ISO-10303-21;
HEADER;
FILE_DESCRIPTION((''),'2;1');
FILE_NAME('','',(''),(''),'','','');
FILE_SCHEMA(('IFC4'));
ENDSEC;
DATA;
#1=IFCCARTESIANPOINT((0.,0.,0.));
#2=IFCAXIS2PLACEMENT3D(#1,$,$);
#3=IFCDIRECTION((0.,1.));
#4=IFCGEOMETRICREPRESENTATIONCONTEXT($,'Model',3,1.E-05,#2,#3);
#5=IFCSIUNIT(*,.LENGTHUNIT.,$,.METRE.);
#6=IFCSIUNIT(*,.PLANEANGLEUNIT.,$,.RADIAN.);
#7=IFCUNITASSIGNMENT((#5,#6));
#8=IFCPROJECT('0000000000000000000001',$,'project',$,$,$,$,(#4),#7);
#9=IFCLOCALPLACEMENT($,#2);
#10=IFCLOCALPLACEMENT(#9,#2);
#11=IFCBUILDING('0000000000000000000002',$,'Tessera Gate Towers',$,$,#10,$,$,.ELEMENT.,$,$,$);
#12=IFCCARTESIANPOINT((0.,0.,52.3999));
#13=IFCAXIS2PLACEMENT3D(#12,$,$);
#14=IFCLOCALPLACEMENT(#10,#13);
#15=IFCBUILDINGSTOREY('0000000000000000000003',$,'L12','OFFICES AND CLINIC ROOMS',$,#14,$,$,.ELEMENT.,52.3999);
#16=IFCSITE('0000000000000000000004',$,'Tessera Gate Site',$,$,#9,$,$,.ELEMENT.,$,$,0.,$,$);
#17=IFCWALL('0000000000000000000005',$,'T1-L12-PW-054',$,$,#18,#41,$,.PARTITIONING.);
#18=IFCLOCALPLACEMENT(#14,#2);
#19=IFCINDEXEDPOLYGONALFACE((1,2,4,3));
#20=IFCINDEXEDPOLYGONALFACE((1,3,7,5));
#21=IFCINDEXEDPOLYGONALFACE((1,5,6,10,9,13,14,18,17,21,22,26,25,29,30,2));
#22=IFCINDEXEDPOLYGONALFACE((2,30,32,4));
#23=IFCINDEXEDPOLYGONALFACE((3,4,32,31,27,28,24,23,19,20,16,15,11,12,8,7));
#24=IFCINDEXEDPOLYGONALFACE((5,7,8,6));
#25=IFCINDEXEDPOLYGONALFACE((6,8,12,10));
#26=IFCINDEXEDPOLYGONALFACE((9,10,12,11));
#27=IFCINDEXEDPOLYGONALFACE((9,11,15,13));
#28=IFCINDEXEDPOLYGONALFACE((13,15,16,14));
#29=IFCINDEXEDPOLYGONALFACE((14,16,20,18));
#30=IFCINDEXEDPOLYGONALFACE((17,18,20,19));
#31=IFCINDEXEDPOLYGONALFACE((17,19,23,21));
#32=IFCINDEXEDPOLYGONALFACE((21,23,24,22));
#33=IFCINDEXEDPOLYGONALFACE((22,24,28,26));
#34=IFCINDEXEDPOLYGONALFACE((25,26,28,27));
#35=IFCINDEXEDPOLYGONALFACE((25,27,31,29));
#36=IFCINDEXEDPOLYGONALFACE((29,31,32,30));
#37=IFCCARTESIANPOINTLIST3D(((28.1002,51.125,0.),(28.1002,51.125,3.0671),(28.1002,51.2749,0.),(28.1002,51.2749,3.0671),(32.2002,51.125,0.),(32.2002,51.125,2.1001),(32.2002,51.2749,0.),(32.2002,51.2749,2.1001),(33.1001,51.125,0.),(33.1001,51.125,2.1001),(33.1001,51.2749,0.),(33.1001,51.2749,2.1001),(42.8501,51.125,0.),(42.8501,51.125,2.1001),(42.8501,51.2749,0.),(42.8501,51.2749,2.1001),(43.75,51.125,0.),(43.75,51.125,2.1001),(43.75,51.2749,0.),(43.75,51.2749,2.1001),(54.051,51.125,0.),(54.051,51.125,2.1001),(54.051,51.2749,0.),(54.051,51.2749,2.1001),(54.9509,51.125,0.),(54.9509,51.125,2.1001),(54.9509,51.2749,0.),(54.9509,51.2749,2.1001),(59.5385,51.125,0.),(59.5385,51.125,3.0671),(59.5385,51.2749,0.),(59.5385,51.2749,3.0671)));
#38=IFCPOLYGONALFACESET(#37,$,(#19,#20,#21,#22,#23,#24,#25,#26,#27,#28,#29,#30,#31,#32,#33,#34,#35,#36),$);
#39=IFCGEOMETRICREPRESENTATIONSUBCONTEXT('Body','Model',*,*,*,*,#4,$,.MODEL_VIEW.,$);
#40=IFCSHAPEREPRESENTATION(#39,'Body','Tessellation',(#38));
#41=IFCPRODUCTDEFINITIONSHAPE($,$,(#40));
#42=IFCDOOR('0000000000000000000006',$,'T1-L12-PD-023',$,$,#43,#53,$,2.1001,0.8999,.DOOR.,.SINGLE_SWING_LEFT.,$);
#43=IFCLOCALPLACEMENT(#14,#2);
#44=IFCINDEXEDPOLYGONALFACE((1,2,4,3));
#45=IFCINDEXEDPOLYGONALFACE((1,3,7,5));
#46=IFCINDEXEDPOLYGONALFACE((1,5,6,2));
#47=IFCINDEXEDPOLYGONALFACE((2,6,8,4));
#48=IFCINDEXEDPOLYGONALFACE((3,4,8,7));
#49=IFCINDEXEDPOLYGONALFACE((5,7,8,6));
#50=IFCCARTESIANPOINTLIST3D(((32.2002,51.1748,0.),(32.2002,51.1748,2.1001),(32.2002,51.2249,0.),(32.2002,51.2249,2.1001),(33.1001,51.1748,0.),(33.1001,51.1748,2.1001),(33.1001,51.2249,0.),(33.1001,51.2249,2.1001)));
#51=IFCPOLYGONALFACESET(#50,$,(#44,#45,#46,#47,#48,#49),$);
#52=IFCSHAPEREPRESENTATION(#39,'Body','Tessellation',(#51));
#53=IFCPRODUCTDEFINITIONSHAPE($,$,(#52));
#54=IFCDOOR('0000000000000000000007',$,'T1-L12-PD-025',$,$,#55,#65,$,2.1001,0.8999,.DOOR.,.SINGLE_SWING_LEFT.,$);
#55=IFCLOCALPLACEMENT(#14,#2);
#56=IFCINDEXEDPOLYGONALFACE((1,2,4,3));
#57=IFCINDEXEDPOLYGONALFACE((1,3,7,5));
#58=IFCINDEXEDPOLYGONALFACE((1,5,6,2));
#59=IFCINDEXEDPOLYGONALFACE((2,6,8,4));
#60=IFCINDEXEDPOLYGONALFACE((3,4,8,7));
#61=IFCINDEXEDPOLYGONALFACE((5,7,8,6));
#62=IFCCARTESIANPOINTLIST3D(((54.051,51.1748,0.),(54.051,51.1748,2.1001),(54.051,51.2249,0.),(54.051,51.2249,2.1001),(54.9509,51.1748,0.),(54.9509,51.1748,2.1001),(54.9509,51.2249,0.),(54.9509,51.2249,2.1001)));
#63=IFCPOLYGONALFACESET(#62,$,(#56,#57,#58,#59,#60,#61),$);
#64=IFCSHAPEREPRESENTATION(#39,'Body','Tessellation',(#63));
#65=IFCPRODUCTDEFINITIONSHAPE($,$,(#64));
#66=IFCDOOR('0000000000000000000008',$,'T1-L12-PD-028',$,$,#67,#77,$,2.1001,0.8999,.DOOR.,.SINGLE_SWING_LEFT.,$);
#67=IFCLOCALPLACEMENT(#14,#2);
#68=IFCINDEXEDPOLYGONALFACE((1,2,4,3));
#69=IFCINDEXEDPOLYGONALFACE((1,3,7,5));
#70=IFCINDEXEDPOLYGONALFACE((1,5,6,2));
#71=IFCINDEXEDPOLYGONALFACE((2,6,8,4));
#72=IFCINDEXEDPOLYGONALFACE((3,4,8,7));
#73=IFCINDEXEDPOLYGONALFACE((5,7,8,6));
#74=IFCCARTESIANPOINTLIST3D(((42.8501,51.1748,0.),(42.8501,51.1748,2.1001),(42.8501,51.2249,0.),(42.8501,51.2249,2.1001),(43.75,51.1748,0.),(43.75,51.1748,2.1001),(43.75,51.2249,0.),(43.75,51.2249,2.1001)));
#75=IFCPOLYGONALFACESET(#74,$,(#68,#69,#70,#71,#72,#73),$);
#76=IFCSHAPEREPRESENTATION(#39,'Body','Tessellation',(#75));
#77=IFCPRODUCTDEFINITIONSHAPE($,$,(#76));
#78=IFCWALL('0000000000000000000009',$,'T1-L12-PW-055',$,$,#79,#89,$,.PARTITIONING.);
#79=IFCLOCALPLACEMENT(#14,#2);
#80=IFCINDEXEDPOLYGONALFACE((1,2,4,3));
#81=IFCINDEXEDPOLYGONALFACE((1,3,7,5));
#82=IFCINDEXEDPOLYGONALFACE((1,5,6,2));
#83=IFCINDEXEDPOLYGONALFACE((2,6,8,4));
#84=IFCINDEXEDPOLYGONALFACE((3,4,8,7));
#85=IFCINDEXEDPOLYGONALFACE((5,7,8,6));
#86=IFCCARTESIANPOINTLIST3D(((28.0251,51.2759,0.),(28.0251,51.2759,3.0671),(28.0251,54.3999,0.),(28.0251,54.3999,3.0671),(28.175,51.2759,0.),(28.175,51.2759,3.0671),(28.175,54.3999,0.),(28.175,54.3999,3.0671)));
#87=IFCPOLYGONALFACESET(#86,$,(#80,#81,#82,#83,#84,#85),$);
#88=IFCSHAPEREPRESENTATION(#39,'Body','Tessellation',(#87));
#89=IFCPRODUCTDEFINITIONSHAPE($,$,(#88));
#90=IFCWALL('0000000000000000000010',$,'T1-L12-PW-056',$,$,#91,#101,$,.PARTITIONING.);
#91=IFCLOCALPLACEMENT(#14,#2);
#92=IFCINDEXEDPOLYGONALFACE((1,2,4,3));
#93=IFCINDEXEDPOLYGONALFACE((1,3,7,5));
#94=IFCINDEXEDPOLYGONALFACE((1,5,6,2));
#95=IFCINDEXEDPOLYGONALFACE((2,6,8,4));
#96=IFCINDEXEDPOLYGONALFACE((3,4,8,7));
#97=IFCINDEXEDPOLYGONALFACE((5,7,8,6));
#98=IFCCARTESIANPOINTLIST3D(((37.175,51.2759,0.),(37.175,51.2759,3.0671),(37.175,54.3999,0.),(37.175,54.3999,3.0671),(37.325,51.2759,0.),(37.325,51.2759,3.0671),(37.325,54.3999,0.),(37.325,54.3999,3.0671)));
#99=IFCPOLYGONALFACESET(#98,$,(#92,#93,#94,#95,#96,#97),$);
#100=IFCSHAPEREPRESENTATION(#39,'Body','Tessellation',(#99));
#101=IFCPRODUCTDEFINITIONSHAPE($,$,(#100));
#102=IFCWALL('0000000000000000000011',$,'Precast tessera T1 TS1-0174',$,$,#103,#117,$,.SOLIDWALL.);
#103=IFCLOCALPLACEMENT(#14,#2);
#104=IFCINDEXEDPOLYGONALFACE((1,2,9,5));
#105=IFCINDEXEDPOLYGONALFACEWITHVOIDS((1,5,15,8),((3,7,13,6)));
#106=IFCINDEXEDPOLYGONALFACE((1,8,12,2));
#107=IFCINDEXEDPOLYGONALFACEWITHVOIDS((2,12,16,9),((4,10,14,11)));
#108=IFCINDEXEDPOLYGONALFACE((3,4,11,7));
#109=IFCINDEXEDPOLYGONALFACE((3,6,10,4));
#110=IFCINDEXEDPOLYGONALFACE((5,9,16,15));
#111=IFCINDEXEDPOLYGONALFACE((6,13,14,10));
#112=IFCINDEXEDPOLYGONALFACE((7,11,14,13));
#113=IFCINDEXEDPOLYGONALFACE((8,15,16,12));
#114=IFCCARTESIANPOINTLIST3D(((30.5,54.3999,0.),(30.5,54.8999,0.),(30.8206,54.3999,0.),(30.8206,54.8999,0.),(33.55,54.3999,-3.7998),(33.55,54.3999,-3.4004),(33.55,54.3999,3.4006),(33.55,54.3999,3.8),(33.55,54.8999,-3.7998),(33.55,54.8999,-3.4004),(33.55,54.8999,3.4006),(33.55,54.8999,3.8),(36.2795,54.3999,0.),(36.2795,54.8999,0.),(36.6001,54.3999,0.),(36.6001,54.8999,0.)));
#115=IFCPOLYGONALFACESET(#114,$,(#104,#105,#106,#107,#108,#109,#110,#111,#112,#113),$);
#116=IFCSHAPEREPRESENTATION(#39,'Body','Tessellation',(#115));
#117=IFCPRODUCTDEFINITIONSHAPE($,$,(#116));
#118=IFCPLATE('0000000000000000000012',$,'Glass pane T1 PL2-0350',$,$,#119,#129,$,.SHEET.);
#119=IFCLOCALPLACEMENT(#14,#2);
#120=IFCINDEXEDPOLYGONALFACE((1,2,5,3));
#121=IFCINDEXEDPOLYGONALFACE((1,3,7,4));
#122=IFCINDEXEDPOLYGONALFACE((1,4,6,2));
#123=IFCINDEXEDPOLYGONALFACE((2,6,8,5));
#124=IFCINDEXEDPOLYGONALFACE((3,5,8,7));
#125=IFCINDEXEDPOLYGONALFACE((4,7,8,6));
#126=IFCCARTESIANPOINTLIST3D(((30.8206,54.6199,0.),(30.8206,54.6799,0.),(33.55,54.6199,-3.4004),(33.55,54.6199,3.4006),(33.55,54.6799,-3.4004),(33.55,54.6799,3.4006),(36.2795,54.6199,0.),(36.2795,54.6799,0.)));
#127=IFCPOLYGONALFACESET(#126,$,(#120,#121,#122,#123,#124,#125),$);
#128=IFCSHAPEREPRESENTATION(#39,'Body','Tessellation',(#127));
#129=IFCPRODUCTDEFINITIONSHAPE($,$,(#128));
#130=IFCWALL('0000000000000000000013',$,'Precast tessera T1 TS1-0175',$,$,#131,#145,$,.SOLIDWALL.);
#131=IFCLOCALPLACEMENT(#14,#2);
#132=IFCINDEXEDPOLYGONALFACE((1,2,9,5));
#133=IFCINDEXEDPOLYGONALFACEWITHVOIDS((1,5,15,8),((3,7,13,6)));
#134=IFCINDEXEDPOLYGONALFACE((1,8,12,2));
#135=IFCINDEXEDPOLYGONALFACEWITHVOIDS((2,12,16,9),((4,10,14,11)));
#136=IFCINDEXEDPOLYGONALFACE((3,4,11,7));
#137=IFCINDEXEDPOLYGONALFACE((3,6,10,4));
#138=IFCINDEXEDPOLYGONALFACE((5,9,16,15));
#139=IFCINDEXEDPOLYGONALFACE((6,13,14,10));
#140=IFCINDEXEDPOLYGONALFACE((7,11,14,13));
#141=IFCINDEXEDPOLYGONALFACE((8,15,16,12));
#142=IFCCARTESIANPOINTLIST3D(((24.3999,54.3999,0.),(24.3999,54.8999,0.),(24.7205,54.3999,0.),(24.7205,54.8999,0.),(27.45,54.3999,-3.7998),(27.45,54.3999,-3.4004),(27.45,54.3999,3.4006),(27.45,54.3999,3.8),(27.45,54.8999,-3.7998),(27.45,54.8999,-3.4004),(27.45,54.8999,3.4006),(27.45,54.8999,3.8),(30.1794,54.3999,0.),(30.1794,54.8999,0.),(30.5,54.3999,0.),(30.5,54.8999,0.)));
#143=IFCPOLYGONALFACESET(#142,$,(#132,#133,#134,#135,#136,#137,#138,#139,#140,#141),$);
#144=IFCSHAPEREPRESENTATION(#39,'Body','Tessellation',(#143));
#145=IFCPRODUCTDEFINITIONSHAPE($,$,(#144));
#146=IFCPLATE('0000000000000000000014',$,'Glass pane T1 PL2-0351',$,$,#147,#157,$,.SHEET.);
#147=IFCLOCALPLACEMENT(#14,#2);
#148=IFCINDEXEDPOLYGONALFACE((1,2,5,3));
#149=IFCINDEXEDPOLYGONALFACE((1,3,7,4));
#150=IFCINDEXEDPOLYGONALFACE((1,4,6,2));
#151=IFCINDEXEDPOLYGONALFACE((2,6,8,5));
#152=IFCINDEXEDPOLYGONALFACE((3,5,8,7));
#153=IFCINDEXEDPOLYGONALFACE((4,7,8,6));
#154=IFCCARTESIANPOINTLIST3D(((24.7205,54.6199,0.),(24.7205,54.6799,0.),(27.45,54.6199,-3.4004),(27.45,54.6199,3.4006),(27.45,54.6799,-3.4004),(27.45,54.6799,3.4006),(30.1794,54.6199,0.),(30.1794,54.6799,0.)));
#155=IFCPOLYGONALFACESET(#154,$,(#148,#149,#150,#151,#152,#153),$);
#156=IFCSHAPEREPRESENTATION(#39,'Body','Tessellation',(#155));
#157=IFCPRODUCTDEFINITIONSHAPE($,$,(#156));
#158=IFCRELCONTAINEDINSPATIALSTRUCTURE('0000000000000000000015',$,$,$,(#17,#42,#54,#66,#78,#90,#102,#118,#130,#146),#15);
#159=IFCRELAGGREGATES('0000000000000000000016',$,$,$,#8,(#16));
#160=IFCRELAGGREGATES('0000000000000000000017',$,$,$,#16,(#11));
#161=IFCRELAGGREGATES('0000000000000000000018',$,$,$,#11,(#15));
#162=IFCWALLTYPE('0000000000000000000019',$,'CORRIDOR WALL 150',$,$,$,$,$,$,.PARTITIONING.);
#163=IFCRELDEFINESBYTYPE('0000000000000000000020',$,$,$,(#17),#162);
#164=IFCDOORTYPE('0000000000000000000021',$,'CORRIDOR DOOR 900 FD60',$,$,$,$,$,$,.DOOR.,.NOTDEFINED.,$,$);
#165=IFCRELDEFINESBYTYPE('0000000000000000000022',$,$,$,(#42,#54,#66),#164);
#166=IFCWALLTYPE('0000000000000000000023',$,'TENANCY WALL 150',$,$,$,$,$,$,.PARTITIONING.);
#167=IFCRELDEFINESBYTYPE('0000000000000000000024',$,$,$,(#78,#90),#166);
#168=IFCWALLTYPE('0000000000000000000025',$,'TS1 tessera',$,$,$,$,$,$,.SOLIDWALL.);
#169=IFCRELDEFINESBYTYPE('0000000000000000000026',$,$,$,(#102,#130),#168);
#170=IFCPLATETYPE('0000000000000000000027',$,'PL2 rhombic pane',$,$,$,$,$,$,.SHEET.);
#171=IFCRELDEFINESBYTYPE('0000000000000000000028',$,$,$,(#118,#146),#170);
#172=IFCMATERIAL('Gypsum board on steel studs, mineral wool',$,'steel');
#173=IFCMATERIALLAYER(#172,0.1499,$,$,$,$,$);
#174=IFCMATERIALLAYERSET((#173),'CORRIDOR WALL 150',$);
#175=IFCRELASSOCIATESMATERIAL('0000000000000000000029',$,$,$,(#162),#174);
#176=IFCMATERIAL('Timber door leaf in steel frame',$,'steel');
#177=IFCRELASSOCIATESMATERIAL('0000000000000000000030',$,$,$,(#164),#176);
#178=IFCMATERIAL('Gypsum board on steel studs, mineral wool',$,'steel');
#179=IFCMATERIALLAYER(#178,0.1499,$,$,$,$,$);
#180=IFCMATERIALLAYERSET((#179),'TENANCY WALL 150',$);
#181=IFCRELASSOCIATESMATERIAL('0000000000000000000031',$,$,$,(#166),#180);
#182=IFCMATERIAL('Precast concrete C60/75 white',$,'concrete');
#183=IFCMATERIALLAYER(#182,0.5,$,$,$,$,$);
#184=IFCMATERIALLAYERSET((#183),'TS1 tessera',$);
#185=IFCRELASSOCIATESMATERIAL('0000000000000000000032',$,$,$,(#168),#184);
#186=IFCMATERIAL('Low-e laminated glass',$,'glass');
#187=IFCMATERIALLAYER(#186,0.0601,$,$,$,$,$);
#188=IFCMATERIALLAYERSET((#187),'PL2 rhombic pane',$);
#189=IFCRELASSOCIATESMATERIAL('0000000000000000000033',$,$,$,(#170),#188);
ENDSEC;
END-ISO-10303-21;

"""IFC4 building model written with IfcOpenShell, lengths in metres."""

from ifc_helpers import new_model, si_unit, direction, frame, frame_2d, origin, place, context, subcontext, project, spatial, polyline, rectangle, outline, extrude, source, transform, mapped, material, layer, layer_set, type_object, element, fill, save


model = new_model("IFC4")

# Units and contexts
model_context = context("Model", 3, precision=1e-05, world=origin(), true_north=direction((0.0, 1.0)))
body_context = subcontext(model_context, "Body", "Model", "MODEL_VIEW")
ifc_project = project(units=[si_unit("LENGTHUNIT", "METRE"), si_unit("PLANEANGLEUNIT", "RADIAN")], contexts=[model_context])

# Site, building, storey
site_placement = place(None, origin())
site = spatial("IfcSite", under=ifc_project, at=site_placement, Name="Tessera Gate Site", CompositionType="ELEMENT", RefElevation=0.0)
building_placement = place(site_placement, origin())
building = spatial("IfcBuilding", under=site, at=building_placement, Name="Tessera Gate Towers", CompositionType="ELEMENT")
storey_placement = place(building_placement, frame((0.0, 0.0, 52.3999)))
storey = spatial("IfcBuildingStorey", under=building, at=storey_placement, Name="L12", Description="OFFICES AND CLINIC ROOMS", CompositionType="ELEMENT", Elevation=52.3999)

# Shared definitions
ifc_material_1 = material(Name="Gypsum board on steel studs, mineral wool", Category="steel")
ifc_layer_1 = layer(ifc_material_1, 0.1499)
ifc_layer_set_1 = layer_set([ifc_layer_1], Name="CORRIDOR WALL 150")
wall_type_1 = type_object("IfcWallType", Name="CORRIDOR WALL 150", PredefinedType="PARTITIONING", material=ifc_layer_set_1)

# Wall, openings, doors
wall_1_placement = place(storey_placement, frame((28.1001, 51.2, 0.0), z_axis=(0.0, 0.0, 1.0), x_axis=(1.0, 0.0, 0.0)))
wall_1 = element("IfcWall", 1, at=wall_1_placement, inside=storey, type_object=wall_type_1, Name="T1-L12-PW-054", PredefinedType="PARTITIONING", context=body_context, shape_type="SweptSolid", body=[
    extrude(rectangle(XDim=31.4382, YDim=0.1499, at=frame_2d((15.7192, 0.0))), origin(), (0.0, 0.0, 1.0), 3.0671),
])
shared_shape_1 = source(origin(), body_context, "Body", "SweptSolid", [
    extrude(rectangle(XDim=0.8999, YDim=2.1001, at=frame_2d((0.45, 1.05))), frame((0.0, 0.085, 0.0), z_axis=(0.0, -1.0, 0.0), x_axis=(1.0, 0.0, 0.0)), (0.0, 0.0, 1.0), 0.1699),
])
opening_1_placement = place(wall_1_placement, frame((4.1001, 0.0, 0.0)))
opening_1 = element("IfcOpeningElement", 2, at=opening_1_placement, cuts=wall_1, PredefinedType="OPENING", context=body_context, shape_type="MappedRepresentation", body=[
    mapped(shared_shape_1, transform((0.0, 0.0, 0.0), scale=1.0)),
])
opening_2_placement = place(wall_1_placement, frame((25.9509, 0.0, 0.0)))
opening_2 = element("IfcOpeningElement", 3, at=opening_2_placement, cuts=wall_1, PredefinedType="OPENING", context=body_context, shape_type="MappedRepresentation", body=[
    mapped(shared_shape_1, transform((0.0, 0.0, 0.0), scale=1.0)),
])
opening_3_placement = place(wall_1_placement, frame((14.75, 0.0, 0.0)))
opening_3 = element("IfcOpeningElement", 4, at=opening_3_placement, cuts=wall_1, PredefinedType="OPENING", context=body_context, shape_type="MappedRepresentation", body=[
    mapped(shared_shape_1, transform((0.0, 0.0, 0.0), scale=1.0)),
])
ifc_material_2 = material(Name="Timber door leaf in steel frame", Category="steel")
door_type = type_object("IfcDoorType", Name="CORRIDOR DOOR 900 FD60", OperationType="NOTDEFINED", PredefinedType="DOOR", material=ifc_material_2)
shared_shape_2 = source(origin(), body_context, "Body", "SweptSolid", [
    extrude(rectangle(XDim=0.8999, YDim=2.1001, at=frame_2d((0.45, 1.05))), frame((0.0, 0.0249, 0.0), z_axis=(0.0, -1.0, 0.0), x_axis=(1.0, 0.0, 0.0)), (0.0, 0.0, 1.0), 0.05),
])
door_1_placement = place(opening_1_placement, origin())
door_1 = element("IfcDoor", 5, at=door_1_placement, inside=storey, type_object=door_type, Name="T1-L12-PD-023", OperationType="SINGLE_SWING_LEFT", OverallHeight=2.1001, OverallWidth=0.8999, PredefinedType="DOOR", context=body_context, shape_type="MappedRepresentation", body=[
    mapped(shared_shape_2, transform((0.0, 0.0, 0.0), scale=1.0)),
])
fill(opening_1, door_1)
door_2_placement = place(opening_2_placement, origin())
door_2 = element("IfcDoor", 6, at=door_2_placement, inside=storey, type_object=door_type, Name="T1-L12-PD-025", OperationType="SINGLE_SWING_LEFT", OverallHeight=2.1001, OverallWidth=0.8999, PredefinedType="DOOR", context=body_context, shape_type="MappedRepresentation", body=[
    mapped(shared_shape_2, transform((0.0, 0.0, 0.0), scale=1.0)),
])
fill(opening_2, door_2)
door_3_placement = place(opening_3_placement, origin())
door_3 = element("IfcDoor", 7, at=door_3_placement, inside=storey, type_object=door_type, Name="T1-L12-PD-028", OperationType="SINGLE_SWING_LEFT", OverallHeight=2.1001, OverallWidth=0.8999, PredefinedType="DOOR", context=body_context, shape_type="MappedRepresentation", body=[
    mapped(shared_shape_2, transform((0.0, 0.0, 0.0), scale=1.0)),
])
fill(opening_3, door_3)

# Walls
ifc_material_3 = material(Name="Gypsum board on steel studs, mineral wool", Category="steel")
ifc_layer_2 = layer(ifc_material_3, 0.1499)
ifc_layer_set_2 = layer_set([ifc_layer_2], Name="TENANCY WALL 150")
wall_type_2 = type_object("IfcWallType", Name="TENANCY WALL 150", PredefinedType="PARTITIONING", material=ifc_layer_set_2)
for number, where, z_axis, x_axis, name in (
    (8, (28.1001, 51.2759, 0.0), (0.0, 0.0, 1.0), (0.0, 1.0, 0.0), "T1-L12-PW-055"),
    (9, (37.25, 51.2759, 0.0), (0.0, 0.0, 1.0), (0.0, 1.0, 0.0), "T1-L12-PW-056"),
):
    element("IfcWall", number, at=place(storey_placement, frame(where, z_axis=z_axis, x_axis=x_axis)), inside=storey, type_object=wall_type_2, Name=name, PredefinedType="PARTITIONING", context=body_context, shape_type="SweptSolid", body=[
        extrude(rectangle(XDim=3.124, YDim=0.1499, at=frame_2d((1.562, 0.0))), origin(), (0.0, 0.0, 1.0), 3.0671),
    ])

# Walls, openings, plates
ifc_material_4 = material(Name="Precast concrete C60/75 white", Category="concrete")
ifc_layer_3 = layer(ifc_material_4, 0.5)
ifc_layer_set_3 = layer_set([ifc_layer_3], Name="TS1 tessera")
wall_type_3 = type_object("IfcWallType", Name="TS1 tessera", PredefinedType="SOLIDWALL", material=ifc_layer_set_3)
shared_shape_3 = source(origin(), body_context, "Body", "SweptSolid", [
    extrude(outline(polyline([(3.05, 0.0), (6.1001, 3.7998), (3.05, 7.5999), (0.0, 3.7998), (3.05, 0.0)])), frame((0.0, 0.25, 0.0), z_axis=(0.0, -1.0, 0.0), x_axis=(1.0, 0.0, 0.0)), (0.0, 0.0, 1.0), 0.5),
])
wall_2_placement = place(storey_placement, frame((36.6001, 54.6499, -3.7998), z_axis=(0.0, 0.0, 1.0), x_axis=(-1.0, 0.0, 0.0)))
wall_2 = element("IfcWall", 10, at=wall_2_placement, inside=storey, type_object=wall_type_3, Name="Precast tessera T1 TS1-0174", PredefinedType="SOLIDWALL", context=body_context, shape_type="MappedRepresentation", body=[
    mapped(shared_shape_3, transform((0.0, 0.0, 0.0), scale=1.0)),
])
shared_shape_4 = source(origin(), body_context, "Body", "SweptSolid", [
    extrude(outline(polyline([(3.05, 0.3994), (5.7795, 3.7998), (3.05, 7.2004), (0.3206, 3.7998), (3.05, 0.3994)])), frame((0.0, 0.26, 0.0), z_axis=(0.0, -1.0, 0.0), x_axis=(1.0, 0.0, 0.0)), (0.0, 0.0, 1.0), 0.52),
])
opening_4_placement = place(wall_2_placement, origin())
opening_4 = element("IfcOpeningElement", 11, at=opening_4_placement, cuts=wall_2, PredefinedType="OPENING", context=body_context, shape_type="MappedRepresentation", body=[
    mapped(shared_shape_4, transform((0.0, 0.0, 0.0), scale=1.0)),
])
ifc_material_5 = material(Name="Low-e laminated glass", Category="glass")
ifc_layer_4 = layer(ifc_material_5, 0.0601)
ifc_layer_set_4 = layer_set([ifc_layer_4], Name="PL2 rhombic pane")
plate_type = type_object("IfcPlateType", Name="PL2 rhombic pane", PredefinedType="SHEET", material=ifc_layer_set_4)
shared_shape_5 = source(origin(), body_context, "Body", "SweptSolid", [
    extrude(outline(polyline([(3.05, 0.3994), (5.7795, 3.7998), (3.05, 7.2004), (0.3206, 3.7998), (3.05, 0.3994)])), frame((0.0, 0.03, 0.0), z_axis=(0.0, -1.0, 0.0), x_axis=(1.0, 0.0, 0.0)), (0.0, 0.0, 1.0), 0.0601),
])
plate_1_placement = place(opening_4_placement, origin())
plate_1 = element("IfcPlate", 12, at=plate_1_placement, inside=storey, type_object=plate_type, Name="Glass pane T1 PL2-0350", PredefinedType="SHEET", context=body_context, shape_type="MappedRepresentation", body=[
    mapped(shared_shape_5, transform((0.0, 0.0, 0.0), scale=1.0)),
])
fill(opening_4, plate_1)
wall_3_placement = place(storey_placement, frame((30.5, 54.6499, -3.7998), z_axis=(0.0, 0.0, 1.0), x_axis=(-1.0, 0.0, 0.0)))
wall_3 = element("IfcWall", 13, at=wall_3_placement, inside=storey, type_object=wall_type_3, Name="Precast tessera T1 TS1-0175", PredefinedType="SOLIDWALL", context=body_context, shape_type="MappedRepresentation", body=[
    mapped(shared_shape_3, transform((0.0, 0.0, 0.0), scale=1.0)),
])
opening_5_placement = place(wall_3_placement, origin())
opening_5 = element("IfcOpeningElement", 14, at=opening_5_placement, cuts=wall_3, PredefinedType="OPENING", context=body_context, shape_type="MappedRepresentation", body=[
    mapped(shared_shape_4, transform((0.0, 0.0, 0.0), scale=1.0)),
])
plate_2_placement = place(opening_5_placement, origin())
plate_2 = element("IfcPlate", 15, at=plate_2_placement, inside=storey, type_object=plate_type, Name="Glass pane T1 PL2-0351", PredefinedType="SHEET", context=body_context, shape_type="MappedRepresentation", body=[
    mapped(shared_shape_5, transform((0.0, 0.0, 0.0), scale=1.0)),
])
fill(opening_5, plate_2)

save(model, "model.ifc")
